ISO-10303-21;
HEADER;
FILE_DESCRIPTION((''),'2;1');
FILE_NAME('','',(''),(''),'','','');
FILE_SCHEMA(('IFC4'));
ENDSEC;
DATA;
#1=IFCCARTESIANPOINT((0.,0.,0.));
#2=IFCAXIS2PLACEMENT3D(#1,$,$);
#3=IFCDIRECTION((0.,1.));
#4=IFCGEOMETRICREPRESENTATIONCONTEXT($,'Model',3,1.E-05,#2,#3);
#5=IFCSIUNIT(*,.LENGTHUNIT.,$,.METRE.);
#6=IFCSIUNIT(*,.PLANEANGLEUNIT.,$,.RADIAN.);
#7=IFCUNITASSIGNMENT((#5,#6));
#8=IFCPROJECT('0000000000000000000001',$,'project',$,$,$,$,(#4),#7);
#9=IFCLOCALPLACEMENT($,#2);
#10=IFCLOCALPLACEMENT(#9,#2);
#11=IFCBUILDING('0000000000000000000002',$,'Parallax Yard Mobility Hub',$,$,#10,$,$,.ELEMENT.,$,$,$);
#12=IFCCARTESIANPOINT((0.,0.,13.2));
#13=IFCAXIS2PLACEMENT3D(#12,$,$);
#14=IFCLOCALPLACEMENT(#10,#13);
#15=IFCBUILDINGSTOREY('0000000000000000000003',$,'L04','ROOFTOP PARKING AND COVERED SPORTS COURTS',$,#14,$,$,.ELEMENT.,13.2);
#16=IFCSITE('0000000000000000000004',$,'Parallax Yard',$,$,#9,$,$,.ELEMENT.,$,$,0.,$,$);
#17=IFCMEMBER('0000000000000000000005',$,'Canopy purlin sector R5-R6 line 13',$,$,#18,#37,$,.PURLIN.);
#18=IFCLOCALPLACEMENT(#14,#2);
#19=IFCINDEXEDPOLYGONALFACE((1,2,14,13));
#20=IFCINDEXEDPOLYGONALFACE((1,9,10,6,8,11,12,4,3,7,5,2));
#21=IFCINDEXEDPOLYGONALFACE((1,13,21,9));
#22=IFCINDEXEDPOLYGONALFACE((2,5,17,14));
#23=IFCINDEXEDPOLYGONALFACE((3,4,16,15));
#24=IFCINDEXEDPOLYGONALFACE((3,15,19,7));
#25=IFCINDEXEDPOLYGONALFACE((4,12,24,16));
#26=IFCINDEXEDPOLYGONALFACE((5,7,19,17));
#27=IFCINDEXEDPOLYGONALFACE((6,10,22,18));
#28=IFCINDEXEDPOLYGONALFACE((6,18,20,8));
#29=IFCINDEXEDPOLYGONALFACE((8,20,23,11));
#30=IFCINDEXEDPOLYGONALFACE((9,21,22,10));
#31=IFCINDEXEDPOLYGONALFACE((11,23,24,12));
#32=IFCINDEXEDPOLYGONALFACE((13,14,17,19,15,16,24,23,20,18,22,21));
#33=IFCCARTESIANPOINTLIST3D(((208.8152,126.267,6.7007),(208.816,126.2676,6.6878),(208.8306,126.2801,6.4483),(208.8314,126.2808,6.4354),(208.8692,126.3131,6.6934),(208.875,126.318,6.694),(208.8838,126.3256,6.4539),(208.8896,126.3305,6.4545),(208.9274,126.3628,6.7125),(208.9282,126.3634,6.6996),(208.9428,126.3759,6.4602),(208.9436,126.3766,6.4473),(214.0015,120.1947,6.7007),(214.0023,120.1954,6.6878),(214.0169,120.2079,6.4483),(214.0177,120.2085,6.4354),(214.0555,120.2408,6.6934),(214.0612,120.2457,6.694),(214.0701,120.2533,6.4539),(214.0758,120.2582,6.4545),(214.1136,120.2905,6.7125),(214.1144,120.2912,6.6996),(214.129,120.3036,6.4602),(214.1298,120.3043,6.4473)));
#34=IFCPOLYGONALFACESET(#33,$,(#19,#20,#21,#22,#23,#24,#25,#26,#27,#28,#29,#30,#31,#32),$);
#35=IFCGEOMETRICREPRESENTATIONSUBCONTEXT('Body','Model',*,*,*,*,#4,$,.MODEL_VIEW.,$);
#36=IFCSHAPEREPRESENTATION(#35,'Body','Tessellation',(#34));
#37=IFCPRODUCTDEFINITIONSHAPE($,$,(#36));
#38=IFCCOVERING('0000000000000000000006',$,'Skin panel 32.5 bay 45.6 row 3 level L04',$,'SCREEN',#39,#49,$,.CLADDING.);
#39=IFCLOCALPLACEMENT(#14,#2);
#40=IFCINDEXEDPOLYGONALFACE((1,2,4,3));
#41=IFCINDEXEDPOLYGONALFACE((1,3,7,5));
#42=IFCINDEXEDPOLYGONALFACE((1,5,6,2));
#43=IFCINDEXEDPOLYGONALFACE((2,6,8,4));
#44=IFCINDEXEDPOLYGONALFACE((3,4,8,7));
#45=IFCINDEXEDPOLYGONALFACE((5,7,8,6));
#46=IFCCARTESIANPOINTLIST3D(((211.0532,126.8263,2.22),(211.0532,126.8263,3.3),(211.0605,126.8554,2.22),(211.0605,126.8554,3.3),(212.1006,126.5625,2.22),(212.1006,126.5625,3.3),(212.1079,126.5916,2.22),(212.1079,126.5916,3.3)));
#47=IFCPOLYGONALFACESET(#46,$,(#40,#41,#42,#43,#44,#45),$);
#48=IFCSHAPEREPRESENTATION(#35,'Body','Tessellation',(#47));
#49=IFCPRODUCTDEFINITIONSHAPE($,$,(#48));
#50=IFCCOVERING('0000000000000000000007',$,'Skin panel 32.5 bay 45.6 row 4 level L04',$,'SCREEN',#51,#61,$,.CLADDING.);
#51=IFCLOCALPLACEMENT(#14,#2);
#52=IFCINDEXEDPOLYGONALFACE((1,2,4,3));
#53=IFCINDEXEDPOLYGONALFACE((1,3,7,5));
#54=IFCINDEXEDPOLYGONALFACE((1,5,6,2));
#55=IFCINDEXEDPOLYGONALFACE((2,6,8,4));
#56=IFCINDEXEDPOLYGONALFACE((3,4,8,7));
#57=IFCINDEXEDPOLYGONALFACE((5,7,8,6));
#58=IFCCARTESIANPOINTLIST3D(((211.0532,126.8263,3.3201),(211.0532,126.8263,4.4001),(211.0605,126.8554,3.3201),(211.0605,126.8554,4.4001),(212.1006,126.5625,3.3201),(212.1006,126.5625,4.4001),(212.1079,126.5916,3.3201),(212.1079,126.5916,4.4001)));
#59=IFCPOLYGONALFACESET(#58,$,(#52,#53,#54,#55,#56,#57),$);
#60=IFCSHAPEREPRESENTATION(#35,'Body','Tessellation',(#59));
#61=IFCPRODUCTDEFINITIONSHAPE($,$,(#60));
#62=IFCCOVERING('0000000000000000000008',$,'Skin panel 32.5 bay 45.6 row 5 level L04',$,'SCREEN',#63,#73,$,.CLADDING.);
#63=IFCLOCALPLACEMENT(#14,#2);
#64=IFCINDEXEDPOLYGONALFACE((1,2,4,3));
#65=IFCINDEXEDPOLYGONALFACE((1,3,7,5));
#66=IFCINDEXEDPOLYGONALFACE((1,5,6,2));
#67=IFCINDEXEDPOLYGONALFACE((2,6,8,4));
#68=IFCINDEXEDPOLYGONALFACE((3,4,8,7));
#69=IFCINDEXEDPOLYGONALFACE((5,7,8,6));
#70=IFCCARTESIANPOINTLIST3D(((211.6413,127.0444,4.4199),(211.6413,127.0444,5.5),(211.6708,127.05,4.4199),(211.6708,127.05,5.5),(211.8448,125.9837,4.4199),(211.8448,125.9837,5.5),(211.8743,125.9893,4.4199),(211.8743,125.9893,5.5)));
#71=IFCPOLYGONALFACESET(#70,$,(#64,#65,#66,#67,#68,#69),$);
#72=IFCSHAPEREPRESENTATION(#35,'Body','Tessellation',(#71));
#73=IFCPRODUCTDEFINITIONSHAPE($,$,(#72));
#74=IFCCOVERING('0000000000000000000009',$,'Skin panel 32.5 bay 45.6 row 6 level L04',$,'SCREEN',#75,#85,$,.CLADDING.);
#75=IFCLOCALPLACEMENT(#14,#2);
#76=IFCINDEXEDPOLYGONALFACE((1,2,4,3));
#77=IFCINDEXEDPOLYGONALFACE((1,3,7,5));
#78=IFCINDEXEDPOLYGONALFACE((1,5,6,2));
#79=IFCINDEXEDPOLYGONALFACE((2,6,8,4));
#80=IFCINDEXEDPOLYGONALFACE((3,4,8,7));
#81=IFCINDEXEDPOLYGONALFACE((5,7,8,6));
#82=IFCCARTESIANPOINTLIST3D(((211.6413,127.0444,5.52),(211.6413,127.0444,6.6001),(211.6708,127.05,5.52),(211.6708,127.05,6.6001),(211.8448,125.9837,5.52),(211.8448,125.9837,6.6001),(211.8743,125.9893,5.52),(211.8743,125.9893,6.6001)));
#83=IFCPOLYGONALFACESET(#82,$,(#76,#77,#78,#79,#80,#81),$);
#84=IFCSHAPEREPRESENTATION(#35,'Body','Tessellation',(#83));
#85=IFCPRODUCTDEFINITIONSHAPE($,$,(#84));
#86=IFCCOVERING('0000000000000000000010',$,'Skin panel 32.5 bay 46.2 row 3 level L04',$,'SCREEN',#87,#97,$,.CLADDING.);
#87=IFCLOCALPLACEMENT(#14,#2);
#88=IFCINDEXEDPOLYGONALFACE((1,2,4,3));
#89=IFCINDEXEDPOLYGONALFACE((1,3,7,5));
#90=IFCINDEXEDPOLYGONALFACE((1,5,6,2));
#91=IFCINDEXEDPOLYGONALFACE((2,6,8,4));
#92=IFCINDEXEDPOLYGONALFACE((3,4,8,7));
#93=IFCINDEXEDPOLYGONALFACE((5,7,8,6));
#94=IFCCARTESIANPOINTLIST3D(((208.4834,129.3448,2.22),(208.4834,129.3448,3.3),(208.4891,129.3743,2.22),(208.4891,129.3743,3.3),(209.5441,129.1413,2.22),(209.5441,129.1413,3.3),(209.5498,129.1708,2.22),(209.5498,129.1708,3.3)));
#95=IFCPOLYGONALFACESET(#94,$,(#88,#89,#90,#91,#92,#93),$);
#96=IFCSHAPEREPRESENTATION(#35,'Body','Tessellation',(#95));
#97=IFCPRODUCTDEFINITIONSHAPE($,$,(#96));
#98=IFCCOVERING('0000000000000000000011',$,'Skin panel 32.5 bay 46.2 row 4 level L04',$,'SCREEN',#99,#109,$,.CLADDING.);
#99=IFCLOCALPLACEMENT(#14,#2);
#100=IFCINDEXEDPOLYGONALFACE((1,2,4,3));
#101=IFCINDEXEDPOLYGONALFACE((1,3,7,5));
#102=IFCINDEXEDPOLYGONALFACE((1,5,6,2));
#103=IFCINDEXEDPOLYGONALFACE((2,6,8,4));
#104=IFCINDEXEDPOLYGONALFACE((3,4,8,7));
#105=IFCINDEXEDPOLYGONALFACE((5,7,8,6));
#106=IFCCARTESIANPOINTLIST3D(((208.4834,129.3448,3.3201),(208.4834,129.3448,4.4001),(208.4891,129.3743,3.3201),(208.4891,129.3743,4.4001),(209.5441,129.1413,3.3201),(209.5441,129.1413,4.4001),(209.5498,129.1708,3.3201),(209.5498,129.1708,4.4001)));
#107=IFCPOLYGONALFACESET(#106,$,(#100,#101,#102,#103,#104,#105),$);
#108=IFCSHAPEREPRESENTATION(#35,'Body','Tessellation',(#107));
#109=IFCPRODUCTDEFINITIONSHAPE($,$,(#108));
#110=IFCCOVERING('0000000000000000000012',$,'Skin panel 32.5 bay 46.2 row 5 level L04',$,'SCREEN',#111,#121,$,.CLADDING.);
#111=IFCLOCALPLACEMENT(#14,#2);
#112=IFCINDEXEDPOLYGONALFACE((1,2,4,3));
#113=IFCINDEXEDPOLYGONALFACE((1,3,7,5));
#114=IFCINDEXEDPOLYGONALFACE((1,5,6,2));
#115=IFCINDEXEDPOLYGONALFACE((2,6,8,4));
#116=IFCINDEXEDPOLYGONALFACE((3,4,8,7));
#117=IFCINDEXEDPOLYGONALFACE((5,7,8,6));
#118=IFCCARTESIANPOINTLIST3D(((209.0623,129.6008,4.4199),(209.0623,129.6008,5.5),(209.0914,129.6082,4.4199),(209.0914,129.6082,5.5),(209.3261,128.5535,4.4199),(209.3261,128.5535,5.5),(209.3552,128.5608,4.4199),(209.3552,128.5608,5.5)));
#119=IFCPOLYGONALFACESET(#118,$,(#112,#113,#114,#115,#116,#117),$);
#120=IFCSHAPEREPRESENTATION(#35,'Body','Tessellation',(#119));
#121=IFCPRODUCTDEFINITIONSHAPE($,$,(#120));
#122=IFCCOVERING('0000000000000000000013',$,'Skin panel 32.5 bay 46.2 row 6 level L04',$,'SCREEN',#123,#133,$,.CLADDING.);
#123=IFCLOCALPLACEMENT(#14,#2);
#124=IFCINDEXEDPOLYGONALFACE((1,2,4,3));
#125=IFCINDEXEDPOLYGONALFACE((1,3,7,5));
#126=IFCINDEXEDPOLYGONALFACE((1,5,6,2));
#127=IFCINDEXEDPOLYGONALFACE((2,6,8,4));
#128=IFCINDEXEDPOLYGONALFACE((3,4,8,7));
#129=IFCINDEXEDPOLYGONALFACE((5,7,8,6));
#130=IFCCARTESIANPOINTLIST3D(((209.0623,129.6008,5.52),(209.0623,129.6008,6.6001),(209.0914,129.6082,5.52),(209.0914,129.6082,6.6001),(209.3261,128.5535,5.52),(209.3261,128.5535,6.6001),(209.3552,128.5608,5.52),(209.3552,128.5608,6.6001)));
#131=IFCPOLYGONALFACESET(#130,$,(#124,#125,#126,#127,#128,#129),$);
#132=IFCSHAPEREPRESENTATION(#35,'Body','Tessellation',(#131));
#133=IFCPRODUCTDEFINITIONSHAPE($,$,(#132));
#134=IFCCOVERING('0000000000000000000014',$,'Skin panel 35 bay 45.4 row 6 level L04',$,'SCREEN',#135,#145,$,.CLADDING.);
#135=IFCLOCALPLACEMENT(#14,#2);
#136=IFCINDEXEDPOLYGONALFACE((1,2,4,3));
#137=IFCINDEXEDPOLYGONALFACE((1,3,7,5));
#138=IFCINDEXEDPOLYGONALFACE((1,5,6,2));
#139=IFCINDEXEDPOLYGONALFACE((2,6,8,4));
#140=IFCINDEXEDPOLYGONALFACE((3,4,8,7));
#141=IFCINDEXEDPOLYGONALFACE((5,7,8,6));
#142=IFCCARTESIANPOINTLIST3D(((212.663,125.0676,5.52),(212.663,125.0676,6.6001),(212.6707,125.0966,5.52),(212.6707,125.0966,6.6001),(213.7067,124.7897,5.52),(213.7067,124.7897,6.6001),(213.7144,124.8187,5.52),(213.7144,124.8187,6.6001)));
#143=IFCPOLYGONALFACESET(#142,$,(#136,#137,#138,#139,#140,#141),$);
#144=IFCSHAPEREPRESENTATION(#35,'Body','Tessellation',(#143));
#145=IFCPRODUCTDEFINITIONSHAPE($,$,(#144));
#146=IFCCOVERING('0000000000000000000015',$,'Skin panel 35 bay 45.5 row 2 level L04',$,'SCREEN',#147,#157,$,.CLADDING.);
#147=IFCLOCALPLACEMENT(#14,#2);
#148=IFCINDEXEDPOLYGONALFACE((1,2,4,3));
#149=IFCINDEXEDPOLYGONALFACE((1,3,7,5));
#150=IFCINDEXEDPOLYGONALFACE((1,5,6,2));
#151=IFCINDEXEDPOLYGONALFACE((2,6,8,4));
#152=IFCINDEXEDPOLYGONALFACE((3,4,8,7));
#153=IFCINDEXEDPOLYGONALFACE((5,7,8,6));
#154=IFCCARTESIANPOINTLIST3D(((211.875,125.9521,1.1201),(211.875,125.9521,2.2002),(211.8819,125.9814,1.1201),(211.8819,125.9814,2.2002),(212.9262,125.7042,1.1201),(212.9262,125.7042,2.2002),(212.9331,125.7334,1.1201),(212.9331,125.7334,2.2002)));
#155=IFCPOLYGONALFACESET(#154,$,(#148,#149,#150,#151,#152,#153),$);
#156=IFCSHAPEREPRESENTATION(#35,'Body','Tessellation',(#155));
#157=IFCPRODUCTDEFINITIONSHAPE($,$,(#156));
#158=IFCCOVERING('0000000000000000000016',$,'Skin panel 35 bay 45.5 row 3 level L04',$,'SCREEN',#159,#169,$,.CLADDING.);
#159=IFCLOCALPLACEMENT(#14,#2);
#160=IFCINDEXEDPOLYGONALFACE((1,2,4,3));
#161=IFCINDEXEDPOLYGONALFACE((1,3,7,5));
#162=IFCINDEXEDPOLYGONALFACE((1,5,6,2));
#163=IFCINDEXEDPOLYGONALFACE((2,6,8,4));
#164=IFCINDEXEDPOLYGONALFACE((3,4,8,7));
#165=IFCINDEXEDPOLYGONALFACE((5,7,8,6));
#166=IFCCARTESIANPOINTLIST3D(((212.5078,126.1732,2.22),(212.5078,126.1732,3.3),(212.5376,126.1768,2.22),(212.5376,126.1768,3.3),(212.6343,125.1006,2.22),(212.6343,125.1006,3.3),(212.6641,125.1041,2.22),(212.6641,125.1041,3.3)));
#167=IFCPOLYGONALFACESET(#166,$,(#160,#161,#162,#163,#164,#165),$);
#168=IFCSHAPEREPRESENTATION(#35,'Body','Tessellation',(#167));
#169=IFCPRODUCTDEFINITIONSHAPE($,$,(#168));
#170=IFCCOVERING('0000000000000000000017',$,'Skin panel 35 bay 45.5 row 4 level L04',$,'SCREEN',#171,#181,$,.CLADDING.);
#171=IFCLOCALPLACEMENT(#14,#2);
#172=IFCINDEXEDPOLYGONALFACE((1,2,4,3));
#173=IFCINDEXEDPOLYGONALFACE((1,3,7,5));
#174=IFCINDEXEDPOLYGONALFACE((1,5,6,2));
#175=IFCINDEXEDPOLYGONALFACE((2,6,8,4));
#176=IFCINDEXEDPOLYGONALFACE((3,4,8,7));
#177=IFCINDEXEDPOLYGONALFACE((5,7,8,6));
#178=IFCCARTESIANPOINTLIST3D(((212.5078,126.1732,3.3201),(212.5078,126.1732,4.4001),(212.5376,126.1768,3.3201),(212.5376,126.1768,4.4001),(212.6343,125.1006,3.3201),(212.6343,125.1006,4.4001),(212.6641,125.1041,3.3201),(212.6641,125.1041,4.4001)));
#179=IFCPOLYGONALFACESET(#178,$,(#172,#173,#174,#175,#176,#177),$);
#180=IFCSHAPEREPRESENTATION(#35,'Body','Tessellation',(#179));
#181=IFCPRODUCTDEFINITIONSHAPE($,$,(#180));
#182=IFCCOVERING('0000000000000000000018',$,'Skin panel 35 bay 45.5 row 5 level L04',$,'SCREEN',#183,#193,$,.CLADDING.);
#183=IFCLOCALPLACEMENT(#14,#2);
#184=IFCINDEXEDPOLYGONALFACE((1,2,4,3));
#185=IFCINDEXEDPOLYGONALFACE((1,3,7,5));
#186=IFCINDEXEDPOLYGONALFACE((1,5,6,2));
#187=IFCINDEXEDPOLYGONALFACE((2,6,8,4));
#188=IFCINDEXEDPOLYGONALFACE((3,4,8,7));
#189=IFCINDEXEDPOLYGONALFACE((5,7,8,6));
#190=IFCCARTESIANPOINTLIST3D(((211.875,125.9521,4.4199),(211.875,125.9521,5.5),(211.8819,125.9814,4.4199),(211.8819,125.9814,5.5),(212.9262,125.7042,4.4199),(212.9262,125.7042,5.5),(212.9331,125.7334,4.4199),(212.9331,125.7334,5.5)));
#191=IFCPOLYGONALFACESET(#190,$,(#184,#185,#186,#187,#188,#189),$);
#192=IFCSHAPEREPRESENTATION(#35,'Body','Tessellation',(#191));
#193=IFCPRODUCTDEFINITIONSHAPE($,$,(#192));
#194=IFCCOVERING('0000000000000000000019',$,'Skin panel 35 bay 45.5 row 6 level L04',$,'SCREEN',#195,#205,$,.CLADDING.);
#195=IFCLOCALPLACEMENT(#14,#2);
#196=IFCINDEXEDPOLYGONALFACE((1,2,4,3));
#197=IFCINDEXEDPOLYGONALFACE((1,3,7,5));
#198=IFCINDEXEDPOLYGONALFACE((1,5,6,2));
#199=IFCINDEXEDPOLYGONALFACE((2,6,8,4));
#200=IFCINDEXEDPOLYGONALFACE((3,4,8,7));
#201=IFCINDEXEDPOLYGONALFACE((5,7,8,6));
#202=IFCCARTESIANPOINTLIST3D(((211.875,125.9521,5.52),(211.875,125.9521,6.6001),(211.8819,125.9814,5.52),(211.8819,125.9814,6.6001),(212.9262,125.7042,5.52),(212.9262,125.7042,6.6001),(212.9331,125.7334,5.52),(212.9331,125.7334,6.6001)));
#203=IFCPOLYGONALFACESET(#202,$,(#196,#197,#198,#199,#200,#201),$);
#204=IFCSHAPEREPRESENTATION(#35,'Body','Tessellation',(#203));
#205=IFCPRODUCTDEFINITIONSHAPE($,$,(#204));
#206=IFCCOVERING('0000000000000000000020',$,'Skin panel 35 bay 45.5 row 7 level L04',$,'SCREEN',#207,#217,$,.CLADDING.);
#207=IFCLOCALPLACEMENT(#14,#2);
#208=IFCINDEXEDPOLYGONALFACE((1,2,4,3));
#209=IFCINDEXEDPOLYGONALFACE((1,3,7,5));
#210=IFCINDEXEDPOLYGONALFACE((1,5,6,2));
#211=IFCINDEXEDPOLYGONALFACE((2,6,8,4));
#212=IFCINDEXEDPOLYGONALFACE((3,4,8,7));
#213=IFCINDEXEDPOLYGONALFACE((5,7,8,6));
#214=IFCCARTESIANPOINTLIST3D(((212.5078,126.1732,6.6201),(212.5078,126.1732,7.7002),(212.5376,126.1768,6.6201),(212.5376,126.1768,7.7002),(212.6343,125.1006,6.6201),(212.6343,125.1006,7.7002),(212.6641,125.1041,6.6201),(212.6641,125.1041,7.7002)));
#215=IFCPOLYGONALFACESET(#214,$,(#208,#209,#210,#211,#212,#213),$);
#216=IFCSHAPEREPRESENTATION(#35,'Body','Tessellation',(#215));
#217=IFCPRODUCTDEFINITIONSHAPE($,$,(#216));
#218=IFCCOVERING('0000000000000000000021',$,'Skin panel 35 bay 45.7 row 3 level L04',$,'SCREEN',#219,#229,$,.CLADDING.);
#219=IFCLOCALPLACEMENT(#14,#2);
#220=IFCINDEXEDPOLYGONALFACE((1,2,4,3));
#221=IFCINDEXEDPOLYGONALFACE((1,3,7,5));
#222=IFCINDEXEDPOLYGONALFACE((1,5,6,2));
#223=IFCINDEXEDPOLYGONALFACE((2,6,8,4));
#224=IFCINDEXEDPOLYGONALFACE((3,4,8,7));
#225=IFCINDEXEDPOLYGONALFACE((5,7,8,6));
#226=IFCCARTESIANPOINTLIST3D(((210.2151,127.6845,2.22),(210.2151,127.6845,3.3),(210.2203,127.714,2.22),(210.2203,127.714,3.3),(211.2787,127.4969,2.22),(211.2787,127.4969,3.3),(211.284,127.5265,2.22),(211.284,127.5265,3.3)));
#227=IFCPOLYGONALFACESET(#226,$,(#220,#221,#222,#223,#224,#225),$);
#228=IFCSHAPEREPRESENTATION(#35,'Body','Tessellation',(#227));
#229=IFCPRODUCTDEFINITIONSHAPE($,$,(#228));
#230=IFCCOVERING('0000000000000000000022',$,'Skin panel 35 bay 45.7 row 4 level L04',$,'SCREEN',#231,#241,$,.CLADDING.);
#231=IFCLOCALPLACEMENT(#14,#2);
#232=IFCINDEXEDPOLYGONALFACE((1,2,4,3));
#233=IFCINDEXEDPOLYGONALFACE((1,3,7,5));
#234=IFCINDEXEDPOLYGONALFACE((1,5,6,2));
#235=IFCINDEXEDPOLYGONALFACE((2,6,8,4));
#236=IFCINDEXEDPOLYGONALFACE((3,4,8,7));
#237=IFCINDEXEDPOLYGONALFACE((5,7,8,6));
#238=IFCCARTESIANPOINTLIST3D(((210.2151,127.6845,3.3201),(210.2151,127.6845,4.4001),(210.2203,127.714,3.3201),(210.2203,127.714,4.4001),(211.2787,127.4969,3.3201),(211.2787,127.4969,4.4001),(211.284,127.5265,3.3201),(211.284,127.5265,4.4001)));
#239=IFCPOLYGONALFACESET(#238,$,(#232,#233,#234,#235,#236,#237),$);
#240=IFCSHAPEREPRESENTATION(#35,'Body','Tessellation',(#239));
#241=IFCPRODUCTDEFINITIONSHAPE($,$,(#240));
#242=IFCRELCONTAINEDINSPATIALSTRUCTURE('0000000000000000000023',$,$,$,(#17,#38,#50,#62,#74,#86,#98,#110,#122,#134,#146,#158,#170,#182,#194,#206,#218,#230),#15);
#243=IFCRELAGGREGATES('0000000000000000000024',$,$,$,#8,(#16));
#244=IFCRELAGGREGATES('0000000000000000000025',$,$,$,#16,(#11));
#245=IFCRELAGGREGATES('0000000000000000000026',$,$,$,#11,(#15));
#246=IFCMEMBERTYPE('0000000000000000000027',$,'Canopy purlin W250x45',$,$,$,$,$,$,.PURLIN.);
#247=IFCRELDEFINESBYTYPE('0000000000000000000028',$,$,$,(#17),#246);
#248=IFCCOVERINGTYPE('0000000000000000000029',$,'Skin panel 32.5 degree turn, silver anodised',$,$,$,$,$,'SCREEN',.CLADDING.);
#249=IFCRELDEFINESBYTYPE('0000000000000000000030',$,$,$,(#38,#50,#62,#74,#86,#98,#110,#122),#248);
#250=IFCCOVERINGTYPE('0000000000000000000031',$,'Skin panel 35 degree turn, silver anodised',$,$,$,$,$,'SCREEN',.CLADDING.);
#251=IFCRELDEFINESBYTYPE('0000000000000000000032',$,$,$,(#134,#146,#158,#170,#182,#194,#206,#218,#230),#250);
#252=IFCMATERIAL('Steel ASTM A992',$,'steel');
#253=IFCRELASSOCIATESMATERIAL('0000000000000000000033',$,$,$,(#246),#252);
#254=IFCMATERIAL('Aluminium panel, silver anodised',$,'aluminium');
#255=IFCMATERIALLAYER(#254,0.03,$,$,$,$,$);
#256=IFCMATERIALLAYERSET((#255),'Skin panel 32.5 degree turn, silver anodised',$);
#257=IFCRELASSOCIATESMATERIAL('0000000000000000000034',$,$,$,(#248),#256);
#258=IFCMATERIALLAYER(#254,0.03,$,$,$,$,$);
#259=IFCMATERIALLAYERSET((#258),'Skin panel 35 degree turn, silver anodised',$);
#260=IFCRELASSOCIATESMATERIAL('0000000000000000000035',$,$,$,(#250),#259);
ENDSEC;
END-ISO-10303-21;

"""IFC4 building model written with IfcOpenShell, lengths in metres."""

from ifc_helpers import new_model, si_unit, direction, frame, origin, origin_2d, place, context, subcontext, project, spatial, rectangle, i_section, extrude, material, layer, layer_set, material_profile, profile_set, type_object, element, save


model = new_model("IFC4")

# Units and contexts
model_context = context("Model", 3, precision=1e-05, world=origin(), true_north=direction((0.0, 1.0)))
body_context = subcontext(model_context, "Body", "Model", "MODEL_VIEW")
ifc_project = project(units=[si_unit("LENGTHUNIT", "METRE"), si_unit("PLANEANGLEUNIT", "RADIAN")], contexts=[model_context])

# Site, building, storey
site_placement = place(None, origin())
site = spatial("IfcSite", under=ifc_project, at=site_placement, Name="Parallax Yard", CompositionType="ELEMENT", RefElevation=0.0)
building_placement = place(site_placement, origin())
building = spatial("IfcBuilding", under=site, at=building_placement, Name="Parallax Yard Mobility Hub", CompositionType="ELEMENT")
storey_placement = place(building_placement, frame((0.0, 0.0, 13.2)))
storey = spatial("IfcBuildingStorey", under=building, at=storey_placement, Name="L04", Description="ROOFTOP PARKING AND COVERED SPORTS COURTS", CompositionType="ELEMENT", Elevation=13.2)

# Member
ifc_material_1 = material(Name="Steel ASTM A992", Category="steel")
ifc_material_profile = material_profile(ifc_material_1, i_section(OverallWidth=0.1479, OverallDepth=0.2661, WebThickness=0.0076, FlangeThickness=0.0129, at=origin_2d()), Name="W250x45")
ifc_profile_set = profile_set([ifc_material_profile], Name="Steel ASTM A992")
member_type = type_object("IfcMemberType", Name="Canopy purlin W250x45", PredefinedType="PURLIN", material=ifc_profile_set)
member_placement = place(storey_placement, frame((208.8794, 126.3218, 6.574), z_axis=(0.649453, -0.760401, 0.0), x_axis=(0.757965, 0.647372, 0.07999)))
element("IfcMember", 1, at=member_placement, inside=storey, type_object=member_type, Name="Canopy purlin sector R5-R6 line 13", PredefinedType="PURLIN", context=body_context, shape_type="SweptSolid", body=[
    extrude(i_section(OverallWidth=0.1479, OverallDepth=0.2661, WebThickness=0.0076, FlangeThickness=0.0129, at=origin_2d()), origin(), (0.0, 0.0, 1.0), 7.9856),
])

# Coverings
ifc_material_2 = material(Name="Aluminium panel, silver anodised", Category="aluminium")
ifc_layer_1 = layer(ifc_material_2, 0.03)
ifc_layer_set_1 = layer_set([ifc_layer_1], Name="Skin panel 32.5 degree turn, silver anodised")
covering_type_1 = type_object("IfcCoveringType", Name="Skin panel 32.5 degree turn, silver anodised", ElementType="SCREEN", PredefinedType="CLADDING", material=ifc_layer_set_1)
for number, where, z_axis, x_axis, name in (
    (2, (211.5806, 126.709, 2.22), (0.0, 0.0, 1.0), (0.969717, -0.244231, 0.0), "Skin panel 32.5 bay 45.6 row 3 level L04"),
    (3, (211.5806, 126.709, 3.3201), (0.0, 0.0, 1.0), (0.969717, -0.244231, 0.0), "Skin panel 32.5 bay 45.6 row 4 level L04"),
    (4, (211.7578, 126.5168, 4.4199), (0.0, 0.0, 1.0), (-0.188472, 0.982079, 0.0), "Skin panel 32.5 bay 45.6 row 5 level L04"),
    (5, (211.7578, 126.5168, 5.52), (0.0, 0.0, 1.0), (-0.188472, 0.982079, 0.0), "Skin panel 32.5 bay 45.6 row 6 level L04"),
    (6, (209.0166, 129.2578, 2.22), (0.0, 0.0, 1.0), (0.982079, -0.188472, 0.0), "Skin panel 32.5 bay 46.2 row 3 level L04"),
    (7, (209.0166, 129.2578, 3.3201), (0.0, 0.0, 1.0), (0.982079, -0.188472, 0.0), "Skin panel 32.5 bay 46.2 row 4 level L04"),
    (8, (209.2087, 129.0808, 4.4199), (0.0, 0.0, 1.0), (-0.244231, 0.969717, 0.0), "Skin panel 32.5 bay 46.2 row 5 level L04"),
    (9, (209.2087, 129.0808, 5.52), (0.0, 0.0, 1.0), (-0.244231, 0.969717, 0.0), "Skin panel 32.5 bay 46.2 row 6 level L04"),
):
    element("IfcCovering", number, at=place(storey_placement, frame(where, z_axis=z_axis, x_axis=x_axis)), inside=storey, type_object=covering_type_1, Name=name, ObjectType="SCREEN", PredefinedType="CLADDING", context=body_context, shape_type="SweptSolid", body=[
        extrude(rectangle(XDim=1.0801, YDim=0.03, at=origin_2d()), origin(), (0.0, 0.0, 1.0), 1.0801),
    ])
ifc_layer_2 = layer(ifc_material_2, 0.03)
ifc_layer_set_2 = layer_set([ifc_layer_2], Name="Skin panel 35 degree turn, silver anodised")
covering_type_2 = type_object("IfcCoveringType", Name="Skin panel 35 degree turn, silver anodised", ElementType="SCREEN", PredefinedType="CLADDING", material=ifc_layer_set_2)
for number, where, z_axis, x_axis, name in (
    (10, (213.1887, 124.9431, 5.52), (0.0, 0.0, 1.0), (0.966335, -0.257286, 0.0), "Skin panel 35 bay 45.4 row 6 level L04"),
    (11, (212.4041, 125.8428, 1.1201), (0.0, 0.0, 1.0), (0.973288, -0.229586, 0.0), "Skin panel 35 bay 45.5 row 2 level L04"),
    (12, (212.5859, 125.6387, 2.22), (0.0, 0.0, 1.0), (-0.117144, 0.993115, 0.0), "Skin panel 35 bay 45.5 row 3 level L04"),
    (13, (212.5859, 125.6387, 3.3201), (0.0, 0.0, 1.0), (-0.117144, 0.993115, 0.0), "Skin panel 35 bay 45.5 row 4 level L04"),
    (14, (212.4041, 125.8428, 4.4199), (0.0, 0.0, 1.0), (0.973288, -0.229586, 0.0), "Skin panel 35 bay 45.5 row 5 level L04"),
    (15, (212.4041, 125.8428, 5.52), (0.0, 0.0, 1.0), (0.973288, -0.229586, 0.0), "Skin panel 35 bay 45.5 row 6 level L04"),
    (16, (212.5859, 125.6387, 6.6201), (0.0, 0.0, 1.0), (-0.117144, 0.993115, 0.0), "Skin panel 35 bay 45.5 row 7 level L04"),
    (17, (210.7495, 127.6055, 2.22), (0.0, 0.0, 1.0), (0.984808, -0.173648, 0.0), "Skin panel 35 bay 45.7 row 3 level L04"),
    (18, (210.7495, 127.6055, 3.3201), (0.0, 0.0, 1.0), (0.984808, -0.173648, 0.0), "Skin panel 35 bay 45.7 row 4 level L04"),
):
    element("IfcCovering", number, at=place(storey_placement, frame(where, z_axis=z_axis, x_axis=x_axis)), inside=storey, type_object=covering_type_2, Name=name, ObjectType="SCREEN", PredefinedType="CLADDING", context=body_context, shape_type="SweptSolid", body=[
        extrude(rectangle(XDim=1.0801, YDim=0.03, at=origin_2d()), origin(), (0.0, 0.0, 1.0), 1.0801),
    ])

save(model, "model.ifc")
